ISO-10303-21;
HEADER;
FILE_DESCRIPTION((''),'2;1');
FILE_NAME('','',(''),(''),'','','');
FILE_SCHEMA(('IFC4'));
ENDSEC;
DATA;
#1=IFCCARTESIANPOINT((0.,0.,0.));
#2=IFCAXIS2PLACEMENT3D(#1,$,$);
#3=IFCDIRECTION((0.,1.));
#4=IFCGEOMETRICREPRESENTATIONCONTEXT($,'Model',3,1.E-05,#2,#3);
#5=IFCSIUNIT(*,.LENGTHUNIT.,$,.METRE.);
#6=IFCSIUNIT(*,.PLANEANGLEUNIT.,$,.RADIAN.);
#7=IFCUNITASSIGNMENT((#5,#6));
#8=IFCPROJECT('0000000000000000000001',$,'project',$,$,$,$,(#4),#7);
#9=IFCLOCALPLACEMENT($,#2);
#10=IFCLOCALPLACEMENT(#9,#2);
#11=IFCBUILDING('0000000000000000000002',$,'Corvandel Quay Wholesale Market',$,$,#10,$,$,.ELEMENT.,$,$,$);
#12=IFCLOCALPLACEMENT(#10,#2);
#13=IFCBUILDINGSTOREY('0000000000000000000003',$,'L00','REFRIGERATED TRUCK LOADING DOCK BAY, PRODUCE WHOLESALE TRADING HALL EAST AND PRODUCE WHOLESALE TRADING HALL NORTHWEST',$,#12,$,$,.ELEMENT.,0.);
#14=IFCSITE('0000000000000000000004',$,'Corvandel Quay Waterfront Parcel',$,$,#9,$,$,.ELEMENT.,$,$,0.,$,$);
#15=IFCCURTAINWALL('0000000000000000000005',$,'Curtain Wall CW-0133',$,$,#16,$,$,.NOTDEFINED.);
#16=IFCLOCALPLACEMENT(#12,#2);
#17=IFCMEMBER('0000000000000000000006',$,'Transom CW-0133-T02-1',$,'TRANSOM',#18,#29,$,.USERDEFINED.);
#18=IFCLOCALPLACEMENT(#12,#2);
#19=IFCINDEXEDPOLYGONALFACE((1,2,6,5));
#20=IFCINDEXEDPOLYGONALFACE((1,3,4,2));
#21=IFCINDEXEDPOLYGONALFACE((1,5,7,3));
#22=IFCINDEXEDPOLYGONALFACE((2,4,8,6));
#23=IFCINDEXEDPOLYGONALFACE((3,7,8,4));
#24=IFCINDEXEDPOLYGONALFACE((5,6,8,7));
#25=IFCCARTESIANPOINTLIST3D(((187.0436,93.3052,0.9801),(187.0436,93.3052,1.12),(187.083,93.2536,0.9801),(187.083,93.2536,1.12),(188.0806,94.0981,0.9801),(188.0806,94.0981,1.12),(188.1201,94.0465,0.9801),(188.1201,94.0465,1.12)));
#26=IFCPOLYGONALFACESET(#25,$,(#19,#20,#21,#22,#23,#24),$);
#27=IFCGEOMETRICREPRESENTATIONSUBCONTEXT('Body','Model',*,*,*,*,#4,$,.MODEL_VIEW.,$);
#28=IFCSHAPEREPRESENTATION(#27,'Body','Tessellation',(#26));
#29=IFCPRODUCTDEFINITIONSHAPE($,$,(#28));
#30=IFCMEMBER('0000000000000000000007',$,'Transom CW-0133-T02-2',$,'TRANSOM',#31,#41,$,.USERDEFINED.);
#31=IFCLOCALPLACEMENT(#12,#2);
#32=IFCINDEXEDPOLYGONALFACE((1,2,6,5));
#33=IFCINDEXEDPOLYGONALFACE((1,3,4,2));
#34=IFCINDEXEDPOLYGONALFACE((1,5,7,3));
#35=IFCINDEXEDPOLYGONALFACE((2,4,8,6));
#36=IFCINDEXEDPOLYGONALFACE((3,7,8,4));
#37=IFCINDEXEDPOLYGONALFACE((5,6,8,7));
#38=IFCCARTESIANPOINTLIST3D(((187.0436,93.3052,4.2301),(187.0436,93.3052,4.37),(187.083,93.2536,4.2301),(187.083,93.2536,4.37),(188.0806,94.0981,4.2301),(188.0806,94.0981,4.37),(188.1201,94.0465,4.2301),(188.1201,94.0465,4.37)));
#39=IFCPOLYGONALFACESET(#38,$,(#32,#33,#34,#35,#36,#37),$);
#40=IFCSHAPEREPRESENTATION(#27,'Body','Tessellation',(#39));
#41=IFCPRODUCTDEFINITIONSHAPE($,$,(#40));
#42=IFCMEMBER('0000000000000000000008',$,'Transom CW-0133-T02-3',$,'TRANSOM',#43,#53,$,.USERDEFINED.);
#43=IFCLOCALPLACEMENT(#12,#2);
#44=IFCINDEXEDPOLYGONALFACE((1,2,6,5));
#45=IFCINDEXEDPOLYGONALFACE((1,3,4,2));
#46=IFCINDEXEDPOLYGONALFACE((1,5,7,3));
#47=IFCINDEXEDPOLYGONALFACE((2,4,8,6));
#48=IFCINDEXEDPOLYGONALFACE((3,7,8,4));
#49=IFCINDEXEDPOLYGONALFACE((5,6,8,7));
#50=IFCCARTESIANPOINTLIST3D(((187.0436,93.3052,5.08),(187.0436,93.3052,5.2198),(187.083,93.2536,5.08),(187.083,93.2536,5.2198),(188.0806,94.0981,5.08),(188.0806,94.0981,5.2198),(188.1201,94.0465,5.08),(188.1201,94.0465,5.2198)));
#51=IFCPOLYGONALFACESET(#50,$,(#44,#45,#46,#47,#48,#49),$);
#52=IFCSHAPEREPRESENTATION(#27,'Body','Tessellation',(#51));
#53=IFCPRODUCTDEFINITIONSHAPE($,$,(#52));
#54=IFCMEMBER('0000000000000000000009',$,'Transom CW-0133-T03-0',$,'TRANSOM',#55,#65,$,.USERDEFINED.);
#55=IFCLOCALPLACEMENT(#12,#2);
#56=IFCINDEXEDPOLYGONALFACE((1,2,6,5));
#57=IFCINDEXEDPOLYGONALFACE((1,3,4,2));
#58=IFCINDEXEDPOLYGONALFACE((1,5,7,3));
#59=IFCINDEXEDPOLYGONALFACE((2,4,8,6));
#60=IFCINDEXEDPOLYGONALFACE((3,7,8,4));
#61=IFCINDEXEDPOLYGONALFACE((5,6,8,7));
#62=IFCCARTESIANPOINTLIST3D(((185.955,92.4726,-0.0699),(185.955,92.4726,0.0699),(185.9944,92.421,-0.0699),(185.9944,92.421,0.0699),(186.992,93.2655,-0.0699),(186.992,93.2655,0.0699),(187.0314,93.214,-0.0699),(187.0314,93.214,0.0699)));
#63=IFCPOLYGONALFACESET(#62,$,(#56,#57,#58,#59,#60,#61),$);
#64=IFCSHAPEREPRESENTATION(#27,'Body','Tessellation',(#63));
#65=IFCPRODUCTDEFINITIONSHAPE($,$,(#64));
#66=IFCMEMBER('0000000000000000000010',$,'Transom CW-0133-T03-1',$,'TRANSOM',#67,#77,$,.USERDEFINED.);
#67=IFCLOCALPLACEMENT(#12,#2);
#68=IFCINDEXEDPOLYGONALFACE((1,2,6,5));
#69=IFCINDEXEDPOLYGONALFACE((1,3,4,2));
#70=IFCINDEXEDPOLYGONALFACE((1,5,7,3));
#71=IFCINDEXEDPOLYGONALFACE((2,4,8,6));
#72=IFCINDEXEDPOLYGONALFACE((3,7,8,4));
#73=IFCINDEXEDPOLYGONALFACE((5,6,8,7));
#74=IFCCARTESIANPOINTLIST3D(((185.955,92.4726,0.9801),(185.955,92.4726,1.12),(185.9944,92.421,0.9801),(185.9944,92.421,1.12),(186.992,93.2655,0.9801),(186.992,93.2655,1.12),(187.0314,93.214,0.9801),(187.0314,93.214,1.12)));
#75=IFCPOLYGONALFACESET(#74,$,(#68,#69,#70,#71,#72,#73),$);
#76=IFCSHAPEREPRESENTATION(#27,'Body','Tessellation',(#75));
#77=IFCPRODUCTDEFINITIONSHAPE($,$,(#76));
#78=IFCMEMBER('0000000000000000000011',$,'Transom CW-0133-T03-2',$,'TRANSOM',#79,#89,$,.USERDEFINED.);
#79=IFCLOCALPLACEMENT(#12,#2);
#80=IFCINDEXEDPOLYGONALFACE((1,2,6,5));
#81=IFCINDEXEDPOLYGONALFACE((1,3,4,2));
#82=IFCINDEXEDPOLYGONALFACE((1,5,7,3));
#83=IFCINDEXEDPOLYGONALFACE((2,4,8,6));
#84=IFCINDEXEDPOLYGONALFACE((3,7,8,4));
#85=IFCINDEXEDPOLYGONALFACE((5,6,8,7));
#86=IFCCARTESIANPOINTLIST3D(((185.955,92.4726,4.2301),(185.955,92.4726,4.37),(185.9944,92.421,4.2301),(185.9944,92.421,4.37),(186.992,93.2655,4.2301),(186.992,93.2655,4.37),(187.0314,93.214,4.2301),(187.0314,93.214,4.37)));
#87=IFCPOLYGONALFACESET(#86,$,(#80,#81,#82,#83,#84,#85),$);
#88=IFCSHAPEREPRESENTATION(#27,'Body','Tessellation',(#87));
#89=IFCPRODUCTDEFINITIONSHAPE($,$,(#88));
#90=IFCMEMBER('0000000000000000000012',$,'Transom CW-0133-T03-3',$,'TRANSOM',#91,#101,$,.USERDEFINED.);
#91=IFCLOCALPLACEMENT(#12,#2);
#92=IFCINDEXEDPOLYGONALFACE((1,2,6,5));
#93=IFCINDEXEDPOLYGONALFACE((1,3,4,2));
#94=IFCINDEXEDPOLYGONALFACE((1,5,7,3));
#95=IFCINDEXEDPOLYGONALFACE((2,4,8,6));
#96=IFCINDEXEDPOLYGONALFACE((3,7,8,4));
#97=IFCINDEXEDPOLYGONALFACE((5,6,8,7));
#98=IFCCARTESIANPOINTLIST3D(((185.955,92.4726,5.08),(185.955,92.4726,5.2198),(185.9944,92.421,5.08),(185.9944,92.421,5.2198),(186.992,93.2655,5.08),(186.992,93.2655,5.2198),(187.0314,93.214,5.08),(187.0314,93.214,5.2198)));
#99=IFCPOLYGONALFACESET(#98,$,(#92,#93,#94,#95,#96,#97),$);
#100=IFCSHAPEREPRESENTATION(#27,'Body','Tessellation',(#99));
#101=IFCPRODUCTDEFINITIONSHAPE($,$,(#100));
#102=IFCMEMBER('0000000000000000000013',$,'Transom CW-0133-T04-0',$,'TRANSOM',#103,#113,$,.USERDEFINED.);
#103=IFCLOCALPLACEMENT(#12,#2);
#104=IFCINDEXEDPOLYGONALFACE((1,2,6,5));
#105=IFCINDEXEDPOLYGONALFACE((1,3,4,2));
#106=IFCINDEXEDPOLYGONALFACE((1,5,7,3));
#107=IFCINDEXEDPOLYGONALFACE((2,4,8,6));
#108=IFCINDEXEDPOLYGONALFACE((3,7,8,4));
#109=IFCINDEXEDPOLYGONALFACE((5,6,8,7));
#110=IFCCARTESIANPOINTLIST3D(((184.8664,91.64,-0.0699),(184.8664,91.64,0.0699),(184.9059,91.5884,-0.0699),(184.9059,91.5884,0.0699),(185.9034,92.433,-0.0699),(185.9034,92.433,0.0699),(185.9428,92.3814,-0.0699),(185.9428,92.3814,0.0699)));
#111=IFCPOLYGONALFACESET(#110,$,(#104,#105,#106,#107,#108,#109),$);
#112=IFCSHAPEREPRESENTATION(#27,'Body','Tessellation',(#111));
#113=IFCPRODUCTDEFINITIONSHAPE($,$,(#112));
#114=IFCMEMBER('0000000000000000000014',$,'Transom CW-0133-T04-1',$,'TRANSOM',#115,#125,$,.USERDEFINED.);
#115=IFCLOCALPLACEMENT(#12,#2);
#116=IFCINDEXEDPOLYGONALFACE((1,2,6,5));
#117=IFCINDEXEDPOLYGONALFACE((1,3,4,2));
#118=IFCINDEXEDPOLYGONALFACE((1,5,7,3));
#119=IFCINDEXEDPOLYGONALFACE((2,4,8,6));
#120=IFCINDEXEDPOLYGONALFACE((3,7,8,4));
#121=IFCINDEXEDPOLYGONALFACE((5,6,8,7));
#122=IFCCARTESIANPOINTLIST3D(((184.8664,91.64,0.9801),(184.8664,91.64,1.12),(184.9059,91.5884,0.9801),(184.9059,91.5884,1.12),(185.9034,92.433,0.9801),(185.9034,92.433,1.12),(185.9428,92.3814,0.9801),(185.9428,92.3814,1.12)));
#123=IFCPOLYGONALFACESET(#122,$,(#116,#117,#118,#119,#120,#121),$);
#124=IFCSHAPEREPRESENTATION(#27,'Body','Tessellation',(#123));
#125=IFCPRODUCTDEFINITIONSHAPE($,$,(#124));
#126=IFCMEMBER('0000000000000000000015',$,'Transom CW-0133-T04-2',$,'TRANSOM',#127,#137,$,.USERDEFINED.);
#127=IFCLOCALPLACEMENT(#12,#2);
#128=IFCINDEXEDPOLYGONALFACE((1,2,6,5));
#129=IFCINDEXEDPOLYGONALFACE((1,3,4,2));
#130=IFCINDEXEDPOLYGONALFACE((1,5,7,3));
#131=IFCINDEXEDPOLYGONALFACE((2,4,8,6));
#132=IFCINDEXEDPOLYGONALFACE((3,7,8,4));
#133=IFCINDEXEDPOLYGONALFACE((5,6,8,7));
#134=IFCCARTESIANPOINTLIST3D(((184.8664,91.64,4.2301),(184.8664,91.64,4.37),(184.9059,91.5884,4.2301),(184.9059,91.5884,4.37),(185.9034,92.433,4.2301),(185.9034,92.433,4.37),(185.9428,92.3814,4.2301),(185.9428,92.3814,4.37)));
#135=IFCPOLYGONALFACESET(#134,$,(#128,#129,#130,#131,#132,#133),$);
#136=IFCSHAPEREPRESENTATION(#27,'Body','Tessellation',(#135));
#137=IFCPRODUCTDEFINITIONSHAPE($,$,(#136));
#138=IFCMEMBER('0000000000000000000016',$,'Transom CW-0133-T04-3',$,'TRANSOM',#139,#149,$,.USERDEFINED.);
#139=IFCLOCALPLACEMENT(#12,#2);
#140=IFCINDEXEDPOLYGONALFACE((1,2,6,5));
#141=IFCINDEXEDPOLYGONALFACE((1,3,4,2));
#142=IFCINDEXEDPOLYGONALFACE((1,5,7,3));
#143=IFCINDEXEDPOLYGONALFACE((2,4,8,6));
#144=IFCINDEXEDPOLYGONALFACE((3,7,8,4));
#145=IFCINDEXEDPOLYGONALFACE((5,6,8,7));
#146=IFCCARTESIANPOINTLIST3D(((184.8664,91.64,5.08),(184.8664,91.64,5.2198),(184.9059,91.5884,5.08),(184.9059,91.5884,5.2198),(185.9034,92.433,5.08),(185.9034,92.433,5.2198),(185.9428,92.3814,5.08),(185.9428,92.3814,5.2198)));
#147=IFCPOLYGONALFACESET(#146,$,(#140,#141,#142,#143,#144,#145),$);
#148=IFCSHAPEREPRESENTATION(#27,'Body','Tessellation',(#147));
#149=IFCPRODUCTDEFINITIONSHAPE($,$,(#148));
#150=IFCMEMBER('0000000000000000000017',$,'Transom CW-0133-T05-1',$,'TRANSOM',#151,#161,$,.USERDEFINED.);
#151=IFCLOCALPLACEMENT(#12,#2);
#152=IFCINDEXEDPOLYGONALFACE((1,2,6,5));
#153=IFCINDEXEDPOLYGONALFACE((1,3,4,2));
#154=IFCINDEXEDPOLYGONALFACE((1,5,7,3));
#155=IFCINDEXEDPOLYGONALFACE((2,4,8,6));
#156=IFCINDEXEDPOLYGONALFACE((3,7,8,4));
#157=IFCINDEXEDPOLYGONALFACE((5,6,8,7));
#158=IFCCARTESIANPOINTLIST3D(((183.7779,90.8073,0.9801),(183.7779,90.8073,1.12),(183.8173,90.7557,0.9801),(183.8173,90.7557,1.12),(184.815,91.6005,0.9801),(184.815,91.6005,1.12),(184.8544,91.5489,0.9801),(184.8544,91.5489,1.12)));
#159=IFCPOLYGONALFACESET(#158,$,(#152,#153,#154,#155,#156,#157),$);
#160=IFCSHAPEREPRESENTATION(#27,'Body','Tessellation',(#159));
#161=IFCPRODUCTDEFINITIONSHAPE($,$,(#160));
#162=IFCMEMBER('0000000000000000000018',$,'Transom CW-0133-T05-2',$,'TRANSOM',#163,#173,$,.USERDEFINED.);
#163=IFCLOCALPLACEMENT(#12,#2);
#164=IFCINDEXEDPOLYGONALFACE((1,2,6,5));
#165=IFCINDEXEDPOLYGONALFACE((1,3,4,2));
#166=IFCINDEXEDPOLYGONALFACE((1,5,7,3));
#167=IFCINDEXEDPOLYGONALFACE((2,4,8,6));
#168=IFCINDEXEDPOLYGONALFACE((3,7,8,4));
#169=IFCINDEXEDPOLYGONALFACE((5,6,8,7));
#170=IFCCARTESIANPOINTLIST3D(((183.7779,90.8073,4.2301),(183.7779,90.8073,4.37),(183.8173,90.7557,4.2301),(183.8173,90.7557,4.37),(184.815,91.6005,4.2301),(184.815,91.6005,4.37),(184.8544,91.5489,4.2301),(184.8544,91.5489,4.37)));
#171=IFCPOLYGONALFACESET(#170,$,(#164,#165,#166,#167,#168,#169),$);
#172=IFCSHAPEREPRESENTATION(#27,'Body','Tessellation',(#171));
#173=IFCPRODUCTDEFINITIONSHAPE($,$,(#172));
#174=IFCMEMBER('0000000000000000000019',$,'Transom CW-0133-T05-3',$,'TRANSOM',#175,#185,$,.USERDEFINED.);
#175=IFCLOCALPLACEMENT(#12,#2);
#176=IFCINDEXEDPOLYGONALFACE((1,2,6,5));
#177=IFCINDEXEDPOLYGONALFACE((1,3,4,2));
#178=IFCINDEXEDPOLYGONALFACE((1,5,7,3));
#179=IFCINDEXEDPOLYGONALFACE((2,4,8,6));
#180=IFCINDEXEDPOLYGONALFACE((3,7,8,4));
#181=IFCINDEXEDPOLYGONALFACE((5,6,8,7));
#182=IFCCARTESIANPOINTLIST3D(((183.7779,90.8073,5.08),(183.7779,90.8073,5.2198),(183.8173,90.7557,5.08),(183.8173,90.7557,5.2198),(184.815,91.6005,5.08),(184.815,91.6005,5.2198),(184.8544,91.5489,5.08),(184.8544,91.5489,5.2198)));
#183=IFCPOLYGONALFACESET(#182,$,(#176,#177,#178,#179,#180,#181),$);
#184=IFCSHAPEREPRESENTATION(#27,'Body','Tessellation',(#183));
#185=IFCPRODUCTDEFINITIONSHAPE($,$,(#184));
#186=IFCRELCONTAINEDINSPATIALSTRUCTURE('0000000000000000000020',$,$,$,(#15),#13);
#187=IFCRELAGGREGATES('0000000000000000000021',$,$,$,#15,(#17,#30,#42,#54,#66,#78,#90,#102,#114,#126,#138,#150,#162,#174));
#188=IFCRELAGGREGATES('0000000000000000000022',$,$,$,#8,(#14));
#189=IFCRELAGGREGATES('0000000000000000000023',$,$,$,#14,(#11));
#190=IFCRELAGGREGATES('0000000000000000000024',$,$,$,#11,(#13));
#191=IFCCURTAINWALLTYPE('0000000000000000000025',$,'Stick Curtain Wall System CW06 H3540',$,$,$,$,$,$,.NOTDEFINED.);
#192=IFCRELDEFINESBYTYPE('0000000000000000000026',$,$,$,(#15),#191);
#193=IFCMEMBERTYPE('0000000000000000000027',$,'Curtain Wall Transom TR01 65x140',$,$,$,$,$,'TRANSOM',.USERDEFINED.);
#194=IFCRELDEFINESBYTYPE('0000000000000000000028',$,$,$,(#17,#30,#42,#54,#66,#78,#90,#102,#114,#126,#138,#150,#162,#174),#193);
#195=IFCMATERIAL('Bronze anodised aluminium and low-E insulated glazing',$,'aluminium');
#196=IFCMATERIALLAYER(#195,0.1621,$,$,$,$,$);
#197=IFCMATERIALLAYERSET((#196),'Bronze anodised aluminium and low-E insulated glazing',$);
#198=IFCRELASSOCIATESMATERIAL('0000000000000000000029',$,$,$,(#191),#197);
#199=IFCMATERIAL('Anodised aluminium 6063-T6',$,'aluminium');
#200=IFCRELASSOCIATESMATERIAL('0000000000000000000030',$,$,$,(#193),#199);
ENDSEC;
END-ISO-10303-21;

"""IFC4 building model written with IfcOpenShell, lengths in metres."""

from ifc_helpers import new_model, si_unit, direction, frame, origin, origin_2d, place, context, subcontext, project, spatial, rectangle, extrude, material, layer, layer_set, material_profile, profile_set, type_object, element, aggregate, save


model = new_model("IFC4")

# Units and contexts
model_context = context("Model", 3, precision=1e-05, world=origin(), true_north=direction((0.0, 1.0)))
body_context = subcontext(model_context, "Body", "Model", "MODEL_VIEW")
ifc_project = project(units=[si_unit("LENGTHUNIT", "METRE"), si_unit("PLANEANGLEUNIT", "RADIAN")], contexts=[model_context])

# Site, building, storey
site_placement = place(None, origin())
site = spatial("IfcSite", under=ifc_project, at=site_placement, Name="Corvandel Quay Waterfront Parcel", CompositionType="ELEMENT", RefElevation=0.0)
building_placement = place(site_placement, origin())
building = spatial("IfcBuilding", under=site, at=building_placement, Name="Corvandel Quay Wholesale Market", CompositionType="ELEMENT")
storey_placement = place(building_placement, origin())
storey = spatial("IfcBuildingStorey", under=building, at=storey_placement, Name="L00", Description="REFRIGERATED TRUCK LOADING DOCK BAY, PRODUCE WHOLESALE TRADING HALL EAST AND PRODUCE WHOLESALE TRADING HALL NORTHWEST", CompositionType="ELEMENT", Elevation=0.0)

# Curtain wall, members
ifc_material_1 = material(Name="Bronze anodised aluminium and low-E insulated glazing", Category="aluminium")
ifc_layer_1 = layer(ifc_material_1, 0.1621)
ifc_layer_set_1 = layer_set([ifc_layer_1], Name="Bronze anodised aluminium and low-E insulated glazing")
curtain_wall_type = type_object("IfcCurtainWallType", Name="Stick Curtain Wall System CW06 H3540", PredefinedType="NOTDEFINED", material=ifc_layer_set_1)
curtain_wall_placement = place(storey_placement, origin())
curtain_wall = element("IfcCurtainWall", 1, at=curtain_wall_placement, inside=storey, type_object=curtain_wall_type, Name="Curtain Wall CW-0133", PredefinedType="NOTDEFINED")
ifc_material_2 = material(Name="Anodised aluminium 6063-T6", Category="aluminium")
ifc_material_profile_1 = material_profile(ifc_material_2, rectangle(XDim=0.0649, YDim=0.1399, at=origin_2d()), Name="ALU-TRN-65x140")
ifc_profile_set_1 = profile_set([ifc_material_profile_1], Name="Anodised aluminium 6063-T6")
member_type_1 = type_object("IfcMemberType", Name="Curtain Wall Transom TR01 65x140", ElementType="TRANSOM", PredefinedType="USERDEFINED", material=ifc_profile_set_1)
member_1_placement = place(storey_placement, frame((188.1003, 94.0723, 1.05), z_axis=(-0.7944, -0.607395, 0.0), x_axis=(0.607395, -0.7944, 0.0)))
member_1 = element("IfcMember", 2, at=member_1_placement, type_object=member_type_1, Name="Transom CW-0133-T02-1", ObjectType="TRANSOM", PredefinedType="USERDEFINED", context=body_context, shape_type="SweptSolid", body=[
    extrude(rectangle(XDim=0.0649, YDim=0.1399, at=origin_2d()), origin(), (0.0, 0.0, 1.0), 1.3054),
])
member_2_placement = place(storey_placement, frame((188.1003, 94.0723, 4.3), z_axis=(-0.7944, -0.607395, 0.0), x_axis=(0.607395, -0.7944, 0.0)))
member_2 = element("IfcMember", 3, at=member_2_placement, type_object=member_type_1, Name="Transom CW-0133-T02-2", ObjectType="TRANSOM", PredefinedType="USERDEFINED", context=body_context, shape_type="SweptSolid", body=[
    extrude(rectangle(XDim=0.0649, YDim=0.1399, at=origin_2d()), origin(), (0.0, 0.0, 1.0), 1.3054),
])
member_3_placement = place(storey_placement, frame((188.1003, 94.0723, 5.1499), z_axis=(-0.7944, -0.607395, 0.0), x_axis=(0.607395, -0.7944, 0.0)))
member_3 = element("IfcMember", 4, at=member_3_placement, type_object=member_type_1, Name="Transom CW-0133-T02-3", ObjectType="TRANSOM", PredefinedType="USERDEFINED", context=body_context, shape_type="SweptSolid", body=[
    extrude(rectangle(XDim=0.0649, YDim=0.1399, at=origin_2d()), origin(), (0.0, 0.0, 1.0), 1.3054),
])
member_4_placement = place(storey_placement, frame((187.0117, 93.2397, 0.0), z_axis=(-0.7944, -0.607395, 0.0), x_axis=(0.607395, -0.7944, 0.0)))
member_4 = element("IfcMember", 5, at=member_4_placement, type_object=member_type_1, Name="Transom CW-0133-T03-0", ObjectType="TRANSOM", PredefinedType="USERDEFINED", context=body_context, shape_type="SweptSolid", body=[
    extrude(rectangle(XDim=0.0649, YDim=0.1399, at=origin_2d()), origin(), (0.0, 0.0, 1.0), 1.3054),
])
member_5_placement = place(storey_placement, frame((187.0117, 93.2397, 1.05), z_axis=(-0.7944, -0.607395, 0.0), x_axis=(0.607395, -0.7944, 0.0)))
member_5 = element("IfcMember", 6, at=member_5_placement, type_object=member_type_1, Name="Transom CW-0133-T03-1", ObjectType="TRANSOM", PredefinedType="USERDEFINED", context=body_context, shape_type="SweptSolid", body=[
    extrude(rectangle(XDim=0.0649, YDim=0.1399, at=origin_2d()), origin(), (0.0, 0.0, 1.0), 1.3054),
])
member_6_placement = place(storey_placement, frame((187.0117, 93.2397, 4.3), z_axis=(-0.7944, -0.607395, 0.0), x_axis=(0.607395, -0.7944, 0.0)))
member_6 = element("IfcMember", 7, at=member_6_placement, type_object=member_type_1, Name="Transom CW-0133-T03-2", ObjectType="TRANSOM", PredefinedType="USERDEFINED", context=body_context, shape_type="SweptSolid", body=[
    extrude(rectangle(XDim=0.0649, YDim=0.1399, at=origin_2d()), origin(), (0.0, 0.0, 1.0), 1.3054),
])
member_7_placement = place(storey_placement, frame((187.0117, 93.2397, 5.1499), z_axis=(-0.7944, -0.607395, 0.0), x_axis=(0.607395, -0.7944, 0.0)))
member_7 = element("IfcMember", 8, at=member_7_placement, type_object=member_type_1, Name="Transom CW-0133-T03-3", ObjectType="TRANSOM", PredefinedType="USERDEFINED", context=body_context, shape_type="SweptSolid", body=[
    extrude(rectangle(XDim=0.0649, YDim=0.1399, at=origin_2d()), origin(), (0.0, 0.0, 1.0), 1.3054),
])
member_8_placement = place(storey_placement, frame((185.9231, 92.4072, 0.0), z_axis=(-0.794331, -0.607485, 0.0), x_axis=(0.607485, -0.794331, 0.0)))
member_8 = element("IfcMember", 9, at=member_8_placement, type_object=member_type_1, Name="Transom CW-0133-T04-0", ObjectType="TRANSOM", PredefinedType="USERDEFINED", context=body_context, shape_type="SweptSolid", body=[
    extrude(rectangle(XDim=0.0649, YDim=0.1399, at=origin_2d()), origin(), (0.0, 0.0, 1.0), 1.3054),
])
member_9_placement = place(storey_placement, frame((185.9231, 92.4072, 1.05), z_axis=(-0.794331, -0.607485, 0.0), x_axis=(0.607485, -0.794331, 0.0)))
member_9 = element("IfcMember", 10, at=member_9_placement, type_object=member_type_1, Name="Transom CW-0133-T04-1", ObjectType="TRANSOM", PredefinedType="USERDEFINED", context=body_context, shape_type="SweptSolid", body=[
    extrude(rectangle(XDim=0.0649, YDim=0.1399, at=origin_2d()), origin(), (0.0, 0.0, 1.0), 1.3054),
])
member_10_placement = place(storey_placement, frame((185.9231, 92.4072, 4.3), z_axis=(-0.794331, -0.607485, 0.0), x_axis=(0.607485, -0.794331, 0.0)))
member_10 = element("IfcMember", 11, at=member_10_placement, type_object=member_type_1, Name="Transom CW-0133-T04-2", ObjectType="TRANSOM", PredefinedType="USERDEFINED", context=body_context, shape_type="SweptSolid", body=[
    extrude(rectangle(XDim=0.0649, YDim=0.1399, at=origin_2d()), origin(), (0.0, 0.0, 1.0), 1.3054),
])
member_11_placement = place(storey_placement, frame((185.9231, 92.4072, 5.1499), z_axis=(-0.794331, -0.607485, 0.0), x_axis=(0.607485, -0.794331, 0.0)))
member_11 = element("IfcMember", 12, at=member_11_placement, type_object=member_type_1, Name="Transom CW-0133-T04-3", ObjectType="TRANSOM", PredefinedType="USERDEFINED", context=body_context, shape_type="SweptSolid", body=[
    extrude(rectangle(XDim=0.0649, YDim=0.1399, at=origin_2d()), origin(), (0.0, 0.0, 1.0), 1.3054),
])
member_12_placement = place(storey_placement, frame((184.8347, 91.5747, 1.05), z_axis=(-0.79431, -0.607513, 0.0), x_axis=(0.607513, -0.79431, 0.0)))
member_12 = element("IfcMember", 13, at=member_12_placement, type_object=member_type_1, Name="Transom CW-0133-T05-1", ObjectType="TRANSOM", PredefinedType="USERDEFINED", context=body_context, shape_type="SweptSolid", body=[
    extrude(rectangle(XDim=0.0649, YDim=0.1399, at=origin_2d()), origin(), (0.0, 0.0, 1.0), 1.3057),
])
member_13_placement = place(storey_placement, frame((184.8347, 91.5747, 4.3), z_axis=(-0.79431, -0.607513, 0.0), x_axis=(0.607513, -0.79431, 0.0)))
member_13 = element("IfcMember", 14, at=member_13_placement, type_object=member_type_1, Name="Transom CW-0133-T05-2", ObjectType="TRANSOM", PredefinedType="USERDEFINED", context=body_context, shape_type="SweptSolid", body=[
    extrude(rectangle(XDim=0.0649, YDim=0.1399, at=origin_2d()), origin(), (0.0, 0.0, 1.0), 1.3057),
])
member_14_placement = place(storey_placement, frame((184.8347, 91.5747, 5.1499), z_axis=(-0.79431, -0.607513, 0.0), x_axis=(0.607513, -0.79431, 0.0)))
member_14 = element("IfcMember", 15, at=member_14_placement, type_object=member_type_1, Name="Transom CW-0133-T05-3", ObjectType="TRANSOM", PredefinedType="USERDEFINED", context=body_context, shape_type="SweptSolid", body=[
    extrude(rectangle(XDim=0.0649, YDim=0.1399, at=origin_2d()), origin(), (0.0, 0.0, 1.0), 1.3057),
])
aggregate(curtain_wall, [member_1, member_2, member_3, member_4, member_5, member_6, member_7, member_8, member_9, member_10, member_11, member_12, member_13, member_14])

save(model, "model.ifc")
